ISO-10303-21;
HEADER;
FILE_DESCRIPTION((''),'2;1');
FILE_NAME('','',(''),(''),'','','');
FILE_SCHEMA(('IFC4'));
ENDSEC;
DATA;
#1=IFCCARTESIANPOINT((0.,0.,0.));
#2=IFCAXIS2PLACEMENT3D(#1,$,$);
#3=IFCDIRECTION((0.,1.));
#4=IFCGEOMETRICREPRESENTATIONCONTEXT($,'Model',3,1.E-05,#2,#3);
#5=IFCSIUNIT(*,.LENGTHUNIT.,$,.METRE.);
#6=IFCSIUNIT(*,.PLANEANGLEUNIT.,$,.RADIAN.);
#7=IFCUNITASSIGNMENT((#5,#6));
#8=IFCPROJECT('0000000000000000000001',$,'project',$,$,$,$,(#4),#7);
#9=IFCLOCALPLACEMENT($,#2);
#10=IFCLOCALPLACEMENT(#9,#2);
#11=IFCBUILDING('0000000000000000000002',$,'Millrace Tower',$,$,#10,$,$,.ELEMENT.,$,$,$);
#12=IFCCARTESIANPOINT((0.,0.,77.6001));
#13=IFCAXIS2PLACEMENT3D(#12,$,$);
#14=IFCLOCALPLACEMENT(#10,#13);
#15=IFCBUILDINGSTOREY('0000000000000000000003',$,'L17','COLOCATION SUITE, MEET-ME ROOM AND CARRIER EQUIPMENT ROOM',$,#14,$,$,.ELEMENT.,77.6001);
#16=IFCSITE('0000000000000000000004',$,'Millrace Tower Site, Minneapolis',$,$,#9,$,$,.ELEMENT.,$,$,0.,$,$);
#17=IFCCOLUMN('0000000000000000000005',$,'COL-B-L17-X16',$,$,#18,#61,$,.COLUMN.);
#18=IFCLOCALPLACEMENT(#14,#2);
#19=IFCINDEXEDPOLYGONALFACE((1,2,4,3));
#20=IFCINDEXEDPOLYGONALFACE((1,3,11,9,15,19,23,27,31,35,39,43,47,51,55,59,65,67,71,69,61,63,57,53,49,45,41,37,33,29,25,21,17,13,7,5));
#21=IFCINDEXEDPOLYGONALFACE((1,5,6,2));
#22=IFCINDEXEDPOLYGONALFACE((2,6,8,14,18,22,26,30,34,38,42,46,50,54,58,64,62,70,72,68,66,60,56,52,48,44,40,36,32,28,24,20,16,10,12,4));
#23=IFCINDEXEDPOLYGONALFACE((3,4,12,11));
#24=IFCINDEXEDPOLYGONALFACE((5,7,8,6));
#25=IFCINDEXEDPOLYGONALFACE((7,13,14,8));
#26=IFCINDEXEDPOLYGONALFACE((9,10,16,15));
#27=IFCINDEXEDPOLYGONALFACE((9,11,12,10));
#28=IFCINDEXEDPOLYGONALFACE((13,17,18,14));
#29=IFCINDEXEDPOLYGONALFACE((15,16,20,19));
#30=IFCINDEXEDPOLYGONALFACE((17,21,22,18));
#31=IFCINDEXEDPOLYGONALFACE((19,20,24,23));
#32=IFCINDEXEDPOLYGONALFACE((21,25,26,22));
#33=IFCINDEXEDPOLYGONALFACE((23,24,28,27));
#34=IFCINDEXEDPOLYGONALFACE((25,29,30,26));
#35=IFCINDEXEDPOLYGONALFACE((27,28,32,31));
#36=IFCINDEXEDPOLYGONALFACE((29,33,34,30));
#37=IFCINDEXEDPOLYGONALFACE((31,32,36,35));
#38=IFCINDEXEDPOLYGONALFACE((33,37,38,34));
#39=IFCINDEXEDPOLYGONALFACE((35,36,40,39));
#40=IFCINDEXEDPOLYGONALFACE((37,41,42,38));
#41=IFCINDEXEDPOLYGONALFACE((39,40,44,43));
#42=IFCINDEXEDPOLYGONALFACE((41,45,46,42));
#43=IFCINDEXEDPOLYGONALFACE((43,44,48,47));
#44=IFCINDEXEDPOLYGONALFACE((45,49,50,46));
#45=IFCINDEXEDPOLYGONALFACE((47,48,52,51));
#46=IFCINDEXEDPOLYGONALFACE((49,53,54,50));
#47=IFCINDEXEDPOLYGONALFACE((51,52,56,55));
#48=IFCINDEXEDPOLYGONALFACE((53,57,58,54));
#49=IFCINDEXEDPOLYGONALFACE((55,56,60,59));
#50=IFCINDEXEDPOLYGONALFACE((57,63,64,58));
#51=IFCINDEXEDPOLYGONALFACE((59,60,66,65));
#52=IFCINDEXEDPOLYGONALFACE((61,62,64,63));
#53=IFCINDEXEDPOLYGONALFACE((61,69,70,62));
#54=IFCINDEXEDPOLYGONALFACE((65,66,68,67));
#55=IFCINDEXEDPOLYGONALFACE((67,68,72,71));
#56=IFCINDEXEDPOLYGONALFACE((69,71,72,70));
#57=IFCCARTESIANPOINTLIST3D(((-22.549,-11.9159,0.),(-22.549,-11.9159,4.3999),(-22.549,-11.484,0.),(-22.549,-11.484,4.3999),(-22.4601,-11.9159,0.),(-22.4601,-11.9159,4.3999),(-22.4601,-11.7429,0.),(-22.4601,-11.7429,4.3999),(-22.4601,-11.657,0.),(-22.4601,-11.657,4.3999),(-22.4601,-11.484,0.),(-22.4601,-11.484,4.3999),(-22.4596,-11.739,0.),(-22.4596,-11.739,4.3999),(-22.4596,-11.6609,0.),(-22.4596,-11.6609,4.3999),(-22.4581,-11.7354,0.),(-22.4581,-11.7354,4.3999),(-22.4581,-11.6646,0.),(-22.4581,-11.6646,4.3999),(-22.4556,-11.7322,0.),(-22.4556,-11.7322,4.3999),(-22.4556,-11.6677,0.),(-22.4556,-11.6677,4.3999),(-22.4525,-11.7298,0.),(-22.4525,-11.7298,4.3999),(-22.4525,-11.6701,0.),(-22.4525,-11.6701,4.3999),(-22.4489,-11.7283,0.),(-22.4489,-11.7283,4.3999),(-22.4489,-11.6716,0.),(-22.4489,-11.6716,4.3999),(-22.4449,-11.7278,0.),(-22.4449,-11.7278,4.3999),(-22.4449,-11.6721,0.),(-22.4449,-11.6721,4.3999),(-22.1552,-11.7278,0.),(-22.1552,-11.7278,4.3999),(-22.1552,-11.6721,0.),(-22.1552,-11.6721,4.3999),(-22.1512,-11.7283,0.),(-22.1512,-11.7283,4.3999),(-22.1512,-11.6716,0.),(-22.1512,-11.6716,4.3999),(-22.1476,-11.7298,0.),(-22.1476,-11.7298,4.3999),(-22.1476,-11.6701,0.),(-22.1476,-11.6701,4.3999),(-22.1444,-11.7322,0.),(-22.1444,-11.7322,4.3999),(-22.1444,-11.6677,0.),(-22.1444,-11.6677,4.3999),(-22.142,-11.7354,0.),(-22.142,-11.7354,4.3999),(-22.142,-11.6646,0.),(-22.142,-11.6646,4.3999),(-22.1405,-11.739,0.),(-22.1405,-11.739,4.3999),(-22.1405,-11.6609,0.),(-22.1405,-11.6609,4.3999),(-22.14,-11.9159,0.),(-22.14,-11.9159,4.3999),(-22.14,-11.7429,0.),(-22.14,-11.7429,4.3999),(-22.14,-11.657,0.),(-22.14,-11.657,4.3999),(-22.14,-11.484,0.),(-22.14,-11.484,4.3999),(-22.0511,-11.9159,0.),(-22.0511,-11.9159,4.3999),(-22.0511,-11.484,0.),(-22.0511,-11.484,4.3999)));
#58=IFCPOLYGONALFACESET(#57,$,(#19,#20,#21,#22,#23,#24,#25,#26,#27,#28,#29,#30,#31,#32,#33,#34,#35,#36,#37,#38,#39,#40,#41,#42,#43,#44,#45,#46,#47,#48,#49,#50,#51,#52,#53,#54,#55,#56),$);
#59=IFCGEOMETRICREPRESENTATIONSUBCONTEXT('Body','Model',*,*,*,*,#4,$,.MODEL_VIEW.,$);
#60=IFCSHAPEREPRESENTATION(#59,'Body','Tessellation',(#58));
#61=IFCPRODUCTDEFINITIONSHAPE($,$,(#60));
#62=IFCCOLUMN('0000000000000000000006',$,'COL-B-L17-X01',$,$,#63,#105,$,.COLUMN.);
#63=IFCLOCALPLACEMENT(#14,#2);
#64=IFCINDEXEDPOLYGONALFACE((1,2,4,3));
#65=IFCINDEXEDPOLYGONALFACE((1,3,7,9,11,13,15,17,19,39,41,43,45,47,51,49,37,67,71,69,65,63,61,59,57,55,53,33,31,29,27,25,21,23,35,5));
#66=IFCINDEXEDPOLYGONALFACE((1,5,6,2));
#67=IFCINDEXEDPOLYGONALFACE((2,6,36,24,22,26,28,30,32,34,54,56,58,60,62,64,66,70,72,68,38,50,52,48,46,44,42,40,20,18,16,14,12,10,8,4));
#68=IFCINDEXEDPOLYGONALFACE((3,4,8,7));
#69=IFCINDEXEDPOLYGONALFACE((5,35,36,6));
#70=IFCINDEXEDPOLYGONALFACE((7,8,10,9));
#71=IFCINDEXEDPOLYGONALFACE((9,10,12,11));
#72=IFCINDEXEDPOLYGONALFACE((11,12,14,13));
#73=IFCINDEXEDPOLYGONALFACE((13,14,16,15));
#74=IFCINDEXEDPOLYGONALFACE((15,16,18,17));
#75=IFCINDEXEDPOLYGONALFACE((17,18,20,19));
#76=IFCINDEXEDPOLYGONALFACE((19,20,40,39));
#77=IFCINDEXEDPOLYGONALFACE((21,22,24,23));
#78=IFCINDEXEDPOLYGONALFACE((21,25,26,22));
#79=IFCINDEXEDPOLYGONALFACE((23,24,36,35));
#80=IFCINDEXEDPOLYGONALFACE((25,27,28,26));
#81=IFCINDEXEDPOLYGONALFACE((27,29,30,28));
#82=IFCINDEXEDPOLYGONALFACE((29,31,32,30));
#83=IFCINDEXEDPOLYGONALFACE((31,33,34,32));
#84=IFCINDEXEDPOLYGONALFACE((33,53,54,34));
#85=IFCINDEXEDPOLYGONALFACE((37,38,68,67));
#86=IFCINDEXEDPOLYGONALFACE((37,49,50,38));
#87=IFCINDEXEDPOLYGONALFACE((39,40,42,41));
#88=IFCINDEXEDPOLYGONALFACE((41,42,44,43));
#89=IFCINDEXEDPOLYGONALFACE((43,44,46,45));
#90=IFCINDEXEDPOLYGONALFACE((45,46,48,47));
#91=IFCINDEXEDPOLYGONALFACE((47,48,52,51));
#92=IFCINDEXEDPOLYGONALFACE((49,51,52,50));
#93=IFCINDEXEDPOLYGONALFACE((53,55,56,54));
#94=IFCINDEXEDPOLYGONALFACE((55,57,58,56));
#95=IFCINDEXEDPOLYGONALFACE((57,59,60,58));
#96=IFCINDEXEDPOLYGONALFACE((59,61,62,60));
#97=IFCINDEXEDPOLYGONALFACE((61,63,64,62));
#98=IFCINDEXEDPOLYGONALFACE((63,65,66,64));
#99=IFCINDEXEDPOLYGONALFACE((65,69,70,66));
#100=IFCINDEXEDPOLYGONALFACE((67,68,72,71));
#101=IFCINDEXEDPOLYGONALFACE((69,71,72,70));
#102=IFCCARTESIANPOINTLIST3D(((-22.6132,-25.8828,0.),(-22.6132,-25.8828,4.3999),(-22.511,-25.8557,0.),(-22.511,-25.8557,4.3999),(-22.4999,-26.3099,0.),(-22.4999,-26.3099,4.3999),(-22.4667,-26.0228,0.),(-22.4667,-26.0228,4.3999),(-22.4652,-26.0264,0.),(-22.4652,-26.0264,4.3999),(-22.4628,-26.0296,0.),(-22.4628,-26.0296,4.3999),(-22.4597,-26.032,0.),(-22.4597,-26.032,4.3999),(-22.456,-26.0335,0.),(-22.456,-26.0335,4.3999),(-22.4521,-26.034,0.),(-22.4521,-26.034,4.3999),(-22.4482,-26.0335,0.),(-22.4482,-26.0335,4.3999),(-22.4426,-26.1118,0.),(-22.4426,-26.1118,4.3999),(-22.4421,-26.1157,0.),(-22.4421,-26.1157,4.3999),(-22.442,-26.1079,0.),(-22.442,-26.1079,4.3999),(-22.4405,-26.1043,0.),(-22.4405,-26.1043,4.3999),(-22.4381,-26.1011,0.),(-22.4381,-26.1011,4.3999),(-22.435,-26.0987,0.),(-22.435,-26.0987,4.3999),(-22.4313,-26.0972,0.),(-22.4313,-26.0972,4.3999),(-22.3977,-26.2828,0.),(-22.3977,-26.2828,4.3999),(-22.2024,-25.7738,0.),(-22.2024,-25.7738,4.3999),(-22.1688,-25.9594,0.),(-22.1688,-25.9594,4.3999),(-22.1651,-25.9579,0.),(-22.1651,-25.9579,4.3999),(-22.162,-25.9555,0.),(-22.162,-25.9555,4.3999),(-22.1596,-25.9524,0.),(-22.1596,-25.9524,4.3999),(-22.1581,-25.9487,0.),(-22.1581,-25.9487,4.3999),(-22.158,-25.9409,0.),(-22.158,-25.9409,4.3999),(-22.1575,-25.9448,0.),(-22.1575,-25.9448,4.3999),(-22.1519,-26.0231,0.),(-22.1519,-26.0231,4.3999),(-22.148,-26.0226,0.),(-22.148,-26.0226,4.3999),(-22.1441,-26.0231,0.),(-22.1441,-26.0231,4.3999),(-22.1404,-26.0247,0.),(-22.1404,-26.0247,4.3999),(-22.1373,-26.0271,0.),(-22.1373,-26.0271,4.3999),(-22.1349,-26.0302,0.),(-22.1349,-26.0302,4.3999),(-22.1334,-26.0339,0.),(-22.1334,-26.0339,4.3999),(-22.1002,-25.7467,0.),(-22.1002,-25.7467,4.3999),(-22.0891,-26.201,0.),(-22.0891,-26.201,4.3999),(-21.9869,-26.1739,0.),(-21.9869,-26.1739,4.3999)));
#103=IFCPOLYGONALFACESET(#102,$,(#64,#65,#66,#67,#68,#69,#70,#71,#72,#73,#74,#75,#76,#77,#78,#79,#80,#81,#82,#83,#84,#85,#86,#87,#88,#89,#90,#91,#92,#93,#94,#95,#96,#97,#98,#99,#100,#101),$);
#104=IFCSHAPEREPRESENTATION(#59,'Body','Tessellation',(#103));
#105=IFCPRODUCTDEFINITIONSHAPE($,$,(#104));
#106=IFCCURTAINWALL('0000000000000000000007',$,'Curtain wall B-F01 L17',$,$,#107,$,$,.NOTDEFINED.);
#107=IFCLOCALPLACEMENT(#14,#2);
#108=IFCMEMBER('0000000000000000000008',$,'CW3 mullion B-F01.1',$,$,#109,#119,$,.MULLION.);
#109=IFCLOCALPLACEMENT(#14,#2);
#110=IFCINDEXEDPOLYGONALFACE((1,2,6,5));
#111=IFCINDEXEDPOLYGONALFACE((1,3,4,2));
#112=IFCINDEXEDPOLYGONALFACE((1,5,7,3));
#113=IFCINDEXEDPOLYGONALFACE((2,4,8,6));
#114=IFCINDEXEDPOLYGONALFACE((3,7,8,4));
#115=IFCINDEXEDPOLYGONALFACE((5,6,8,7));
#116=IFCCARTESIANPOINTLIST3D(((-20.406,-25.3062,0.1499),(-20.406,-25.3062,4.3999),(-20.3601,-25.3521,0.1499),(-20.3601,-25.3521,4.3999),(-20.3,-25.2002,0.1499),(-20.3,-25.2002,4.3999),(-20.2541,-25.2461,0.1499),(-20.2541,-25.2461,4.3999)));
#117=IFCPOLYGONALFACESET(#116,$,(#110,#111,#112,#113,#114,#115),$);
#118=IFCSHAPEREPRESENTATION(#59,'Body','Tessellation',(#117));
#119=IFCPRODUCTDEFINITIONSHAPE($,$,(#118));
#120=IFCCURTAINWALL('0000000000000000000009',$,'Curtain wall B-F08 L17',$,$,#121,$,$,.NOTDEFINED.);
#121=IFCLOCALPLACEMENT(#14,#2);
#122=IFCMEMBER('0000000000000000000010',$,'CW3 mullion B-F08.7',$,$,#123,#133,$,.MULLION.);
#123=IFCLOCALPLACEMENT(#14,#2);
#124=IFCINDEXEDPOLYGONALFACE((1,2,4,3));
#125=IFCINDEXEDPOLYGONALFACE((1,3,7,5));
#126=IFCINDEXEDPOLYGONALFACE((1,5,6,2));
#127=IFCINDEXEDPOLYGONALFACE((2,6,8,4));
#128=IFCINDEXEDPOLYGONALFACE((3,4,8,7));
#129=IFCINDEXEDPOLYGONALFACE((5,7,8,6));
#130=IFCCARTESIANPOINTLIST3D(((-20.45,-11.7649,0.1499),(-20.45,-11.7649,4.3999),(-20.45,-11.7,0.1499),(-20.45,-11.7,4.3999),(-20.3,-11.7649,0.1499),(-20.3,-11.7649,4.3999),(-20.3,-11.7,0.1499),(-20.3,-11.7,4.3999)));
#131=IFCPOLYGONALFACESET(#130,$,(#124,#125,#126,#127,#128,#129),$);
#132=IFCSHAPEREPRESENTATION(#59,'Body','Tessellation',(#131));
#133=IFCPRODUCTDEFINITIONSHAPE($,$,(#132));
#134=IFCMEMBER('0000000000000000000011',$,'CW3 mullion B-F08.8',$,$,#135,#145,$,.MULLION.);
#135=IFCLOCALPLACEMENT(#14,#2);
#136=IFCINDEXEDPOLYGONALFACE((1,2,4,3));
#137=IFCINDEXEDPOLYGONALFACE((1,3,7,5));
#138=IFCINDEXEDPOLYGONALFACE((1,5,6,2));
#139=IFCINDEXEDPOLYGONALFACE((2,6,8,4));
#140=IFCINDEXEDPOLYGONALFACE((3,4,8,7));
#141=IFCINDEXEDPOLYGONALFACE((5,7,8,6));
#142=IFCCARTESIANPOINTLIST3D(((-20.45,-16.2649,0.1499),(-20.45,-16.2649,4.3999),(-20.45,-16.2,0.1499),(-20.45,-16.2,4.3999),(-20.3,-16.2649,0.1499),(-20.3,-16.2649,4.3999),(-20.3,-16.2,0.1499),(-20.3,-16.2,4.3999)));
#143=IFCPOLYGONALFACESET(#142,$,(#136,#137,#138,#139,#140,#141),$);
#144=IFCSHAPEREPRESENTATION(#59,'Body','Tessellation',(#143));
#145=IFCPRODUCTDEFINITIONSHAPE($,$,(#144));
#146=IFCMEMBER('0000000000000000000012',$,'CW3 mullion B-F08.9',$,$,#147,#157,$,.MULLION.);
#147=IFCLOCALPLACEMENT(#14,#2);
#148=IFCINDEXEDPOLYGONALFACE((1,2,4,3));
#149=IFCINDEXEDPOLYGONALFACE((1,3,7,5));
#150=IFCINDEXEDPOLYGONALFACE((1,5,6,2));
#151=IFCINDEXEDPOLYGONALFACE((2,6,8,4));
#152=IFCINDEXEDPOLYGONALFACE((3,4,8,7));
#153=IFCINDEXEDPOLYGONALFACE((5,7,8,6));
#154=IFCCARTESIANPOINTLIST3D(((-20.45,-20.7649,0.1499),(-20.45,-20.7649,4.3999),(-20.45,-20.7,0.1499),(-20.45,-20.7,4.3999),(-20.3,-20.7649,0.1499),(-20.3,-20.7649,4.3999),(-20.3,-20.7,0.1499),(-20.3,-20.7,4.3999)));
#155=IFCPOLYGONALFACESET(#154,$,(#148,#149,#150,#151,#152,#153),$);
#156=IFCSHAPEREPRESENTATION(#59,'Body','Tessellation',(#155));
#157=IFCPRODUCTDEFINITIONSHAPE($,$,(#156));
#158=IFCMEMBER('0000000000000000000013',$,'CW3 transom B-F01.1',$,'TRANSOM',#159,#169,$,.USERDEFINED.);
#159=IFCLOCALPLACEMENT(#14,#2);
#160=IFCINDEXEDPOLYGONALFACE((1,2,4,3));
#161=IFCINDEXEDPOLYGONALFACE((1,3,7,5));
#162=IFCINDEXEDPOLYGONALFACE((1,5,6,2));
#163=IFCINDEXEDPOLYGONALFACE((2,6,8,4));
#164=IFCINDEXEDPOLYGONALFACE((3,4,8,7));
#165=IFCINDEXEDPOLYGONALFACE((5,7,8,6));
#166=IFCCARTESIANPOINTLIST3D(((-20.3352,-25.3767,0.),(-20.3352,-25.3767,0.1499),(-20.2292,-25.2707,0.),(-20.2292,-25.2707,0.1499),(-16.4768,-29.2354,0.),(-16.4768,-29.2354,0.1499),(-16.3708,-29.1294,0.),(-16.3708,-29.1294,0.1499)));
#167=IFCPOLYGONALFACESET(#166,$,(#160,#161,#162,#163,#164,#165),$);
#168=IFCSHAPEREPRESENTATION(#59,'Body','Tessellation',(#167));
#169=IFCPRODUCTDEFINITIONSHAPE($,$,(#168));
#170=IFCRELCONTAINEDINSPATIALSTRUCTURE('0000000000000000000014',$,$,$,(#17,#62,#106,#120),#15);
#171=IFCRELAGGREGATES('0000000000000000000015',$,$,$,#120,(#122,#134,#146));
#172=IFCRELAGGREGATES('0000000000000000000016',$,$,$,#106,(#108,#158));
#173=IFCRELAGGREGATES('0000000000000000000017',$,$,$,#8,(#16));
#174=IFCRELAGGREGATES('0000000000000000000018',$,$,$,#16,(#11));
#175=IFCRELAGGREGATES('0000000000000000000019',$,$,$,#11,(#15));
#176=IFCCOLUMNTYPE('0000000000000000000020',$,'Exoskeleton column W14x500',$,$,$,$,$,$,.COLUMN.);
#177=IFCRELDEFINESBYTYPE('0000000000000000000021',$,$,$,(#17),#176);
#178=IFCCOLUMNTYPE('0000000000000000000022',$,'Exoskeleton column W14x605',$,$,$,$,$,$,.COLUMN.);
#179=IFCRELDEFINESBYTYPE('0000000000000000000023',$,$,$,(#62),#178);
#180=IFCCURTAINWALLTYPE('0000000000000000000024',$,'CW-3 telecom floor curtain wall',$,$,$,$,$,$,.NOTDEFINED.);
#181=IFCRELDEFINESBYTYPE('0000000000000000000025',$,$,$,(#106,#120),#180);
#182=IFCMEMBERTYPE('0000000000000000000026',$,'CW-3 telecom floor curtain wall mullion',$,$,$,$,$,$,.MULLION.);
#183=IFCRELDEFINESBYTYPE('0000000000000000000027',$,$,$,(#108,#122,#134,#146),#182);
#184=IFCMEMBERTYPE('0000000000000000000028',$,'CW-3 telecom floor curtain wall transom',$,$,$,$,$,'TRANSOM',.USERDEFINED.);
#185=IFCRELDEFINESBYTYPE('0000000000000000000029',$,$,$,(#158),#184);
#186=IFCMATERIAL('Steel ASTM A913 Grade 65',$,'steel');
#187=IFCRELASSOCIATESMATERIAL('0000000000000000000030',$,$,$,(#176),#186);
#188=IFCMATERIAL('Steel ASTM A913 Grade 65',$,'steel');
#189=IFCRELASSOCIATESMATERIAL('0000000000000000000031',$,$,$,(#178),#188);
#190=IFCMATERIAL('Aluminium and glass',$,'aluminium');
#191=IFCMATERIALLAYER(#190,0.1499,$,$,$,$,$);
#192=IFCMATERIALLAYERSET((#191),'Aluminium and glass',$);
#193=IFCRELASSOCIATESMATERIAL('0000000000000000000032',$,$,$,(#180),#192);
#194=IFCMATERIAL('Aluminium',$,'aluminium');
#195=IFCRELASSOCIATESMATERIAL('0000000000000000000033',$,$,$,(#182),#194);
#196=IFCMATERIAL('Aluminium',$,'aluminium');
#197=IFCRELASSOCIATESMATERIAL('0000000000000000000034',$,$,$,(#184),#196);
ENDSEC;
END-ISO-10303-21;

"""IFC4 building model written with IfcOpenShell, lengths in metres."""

from ifc_helpers import new_model, si_unit, direction, frame, origin, origin_2d, place, context, subcontext, project, spatial, rectangle, i_section, extrude, material, layer, layer_set, material_profile, profile_set, type_object, element, aggregate, save


model = new_model("IFC4")

# Units and contexts
model_context = context("Model", 3, precision=1e-05, world=origin(), true_north=direction((0.0, 1.0)))
body_context = subcontext(model_context, "Body", "Model", "MODEL_VIEW")
ifc_project = project(units=[si_unit("LENGTHUNIT", "METRE"), si_unit("PLANEANGLEUNIT", "RADIAN")], contexts=[model_context])

# Site, building, storey
site_placement = place(None, origin())
site = spatial("IfcSite", under=ifc_project, at=site_placement, Name="Millrace Tower Site, Minneapolis", CompositionType="ELEMENT", RefElevation=0.0)
building_placement = place(site_placement, origin())
building = spatial("IfcBuilding", under=site, at=building_placement, Name="Millrace Tower", CompositionType="ELEMENT")
storey_placement = place(building_placement, frame((0.0, 0.0, 77.6001)))
storey = spatial("IfcBuildingStorey", under=building, at=storey_placement, Name="L17", Description="COLOCATION SUITE, MEET-ME ROOM AND CARRIER EQUIPMENT ROOM", CompositionType="ELEMENT", Elevation=77.6001)

# Columns
ifc_material_1 = material(Name="Steel ASTM A913 Grade 65", Category="steel")
ifc_material_profile_1 = material_profile(ifc_material_1, i_section(OverallWidth=0.4319, OverallDepth=0.4978, WebThickness=0.0557, FlangeThickness=0.0889, FilletRadius=0.0151, at=origin_2d()))
ifc_profile_set_1 = profile_set([ifc_material_profile_1], Name="Steel ASTM A913 Grade 65")
column_type_1 = type_object("IfcColumnType", Name="Exoskeleton column W14x500", PredefinedType="COLUMN", material=ifc_profile_set_1)
column_1_placement = place(storey_placement, frame((-22.3, -11.7, 0.0), z_axis=(0.0, 0.0, 1.0), x_axis=(0.0, -1.0, 0.0)))
element("IfcColumn", 1, at=column_1_placement, inside=storey, type_object=column_type_1, Name="COL-B-L17-X16", PredefinedType="COLUMN", context=body_context, shape_type="SweptSolid", body=[
    extrude(i_section(OverallWidth=0.4319, OverallDepth=0.4978, WebThickness=0.0557, FlangeThickness=0.0889, FilletRadius=0.0151, at=origin_2d()), origin(), (0.0, 0.0, 1.0), 4.3999),
])
ifc_material_2 = material(Name="Steel ASTM A913 Grade 65", Category="steel")
ifc_material_profile_2 = material_profile(ifc_material_2, i_section(OverallWidth=0.4419, OverallDepth=0.5308, WebThickness=0.0659, FlangeThickness=0.1057, FilletRadius=0.0151, at=origin_2d()))
ifc_profile_set_2 = profile_set([ifc_material_profile_2], Name="Steel ASTM A913 Grade 65")
column_type_2 = type_object("IfcColumnType", Name="Exoskeleton column W14x605", PredefinedType="COLUMN", material=ifc_profile_set_2)
column_2_placement = place(storey_placement, frame((-22.3, -26.0283, 0.0), z_axis=(0.0, 0.0, 1.0), x_axis=(0.256347, -0.966585, 0.0)))
element("IfcColumn", 2, at=column_2_placement, inside=storey, type_object=column_type_2, Name="COL-B-L17-X01", PredefinedType="COLUMN", context=body_context, shape_type="SweptSolid", body=[
    extrude(i_section(OverallWidth=0.4419, OverallDepth=0.5308, WebThickness=0.0659, FlangeThickness=0.1057, FilletRadius=0.0151, at=origin_2d()), origin(), (0.0, 0.0, 1.0), 4.3999),
])

# Curtain wall, member
ifc_material_3 = material(Name="Aluminium and glass", Category="aluminium")
ifc_layer_1 = layer(ifc_material_3, 0.1499)
ifc_layer_set_1 = layer_set([ifc_layer_1], Name="Aluminium and glass")
curtain_wall_type = type_object("IfcCurtainWallType", Name="CW-3 telecom floor curtain wall", PredefinedType="NOTDEFINED", material=ifc_layer_set_1)
placement = place(storey_placement, origin())
curtain_wall_1 = element("IfcCurtainWall", 3, at=placement, inside=storey, type_object=curtain_wall_type, Name="Curtain wall B-F01 L17", PredefinedType="NOTDEFINED")
ifc_material_4 = material(Name="Aluminium", Category="aluminium")
ifc_material_profile_3 = material_profile(ifc_material_4, rectangle(XDim=0.0649, YDim=0.1499, at=origin_2d()))
ifc_profile_set_3 = profile_set([ifc_material_profile_3], Name="Aluminium")
member_type_1 = type_object("IfcMemberType", Name="CW-3 telecom floor curtain wall mullion", PredefinedType="MULLION", material=ifc_profile_set_3)
member_1_placement = place(storey_placement, frame((-20.3301, -25.2761, 0.1499), z_axis=(0.0, 0.0, 1.0), x_axis=(0.707107, -0.707107, 0.0)))
member_1 = element("IfcMember", 4, at=member_1_placement, type_object=member_type_1, Name="CW3 mullion B-F01.1", PredefinedType="MULLION", context=body_context, shape_type="SweptSolid", body=[
    extrude(rectangle(XDim=0.0649, YDim=0.1499, at=origin_2d()), origin(), (0.0, 0.0, 1.0), 4.25),
])

# Curtain wall, members
curtain_wall_2 = element("IfcCurtainWall", 5, at=placement, inside=storey, type_object=curtain_wall_type, Name="Curtain wall B-F08 L17", PredefinedType="NOTDEFINED")
member_2_placement = place(storey_placement, frame((-20.375, -11.7324, 0.1499), z_axis=(0.0, 0.0, 1.0), x_axis=(0.0, -1.0, 0.0)))
member_2 = element("IfcMember", 6, at=member_2_placement, type_object=member_type_1, Name="CW3 mullion B-F08.7", PredefinedType="MULLION", context=body_context, shape_type="SweptSolid", body=[
    extrude(rectangle(XDim=0.0649, YDim=0.1499, at=origin_2d()), origin(), (0.0, 0.0, 1.0), 4.25),
])
member_3_placement = place(storey_placement, frame((-20.375, -16.2324, 0.1499), z_axis=(0.0, 0.0, 1.0), x_axis=(0.0, -1.0, 0.0)))
member_3 = element("IfcMember", 7, at=member_3_placement, type_object=member_type_1, Name="CW3 mullion B-F08.8", PredefinedType="MULLION", context=body_context, shape_type="SweptSolid", body=[
    extrude(rectangle(XDim=0.0649, YDim=0.1499, at=origin_2d()), origin(), (0.0, 0.0, 1.0), 4.25),
])
member_4_placement = place(storey_placement, frame((-20.375, -20.7324, 0.1499), z_axis=(0.0, 0.0, 1.0), x_axis=(0.0, -1.0, 0.0)))
member_4 = element("IfcMember", 8, at=member_4_placement, type_object=member_type_1, Name="CW3 mullion B-F08.9", PredefinedType="MULLION", context=body_context, shape_type="SweptSolid", body=[
    extrude(rectangle(XDim=0.0649, YDim=0.1499, at=origin_2d()), origin(), (0.0, 0.0, 1.0), 4.25),
])
aggregate(curtain_wall_2, [member_2, member_3, member_4])

# Member
ifc_material_5 = material(Name="Aluminium", Category="aluminium")
ifc_material_profile_4 = material_profile(ifc_material_5, rectangle(XDim=0.1499, YDim=0.1499, at=origin_2d()))
ifc_profile_set_4 = profile_set([ifc_material_profile_4], Name="Aluminium")
member_type_2 = type_object("IfcMemberType", Name="CW-3 telecom floor curtain wall transom", ElementType="TRANSOM", PredefinedType="USERDEFINED", material=ifc_profile_set_4)
member_5_placement = place(storey_placement, frame((-20.2822, -25.3237, 0.075), z_axis=(0.707084, -0.707129, 0.0), x_axis=(0.707129, 0.707084, 0.0)))
member_5 = element("IfcMember", 9, at=member_5_placement, type_object=member_type_2, Name="CW3 transom B-F01.1", ObjectType="TRANSOM", PredefinedType="USERDEFINED", context=body_context, shape_type="SweptSolid", body=[
    extrude(rectangle(XDim=0.1499, YDim=0.1499, at=origin_2d()), origin(), (0.0, 0.0, 1.0), 5.4568),
])
aggregate(curtain_wall_1, [member_1, member_5])

save(model, "model.ifc")
